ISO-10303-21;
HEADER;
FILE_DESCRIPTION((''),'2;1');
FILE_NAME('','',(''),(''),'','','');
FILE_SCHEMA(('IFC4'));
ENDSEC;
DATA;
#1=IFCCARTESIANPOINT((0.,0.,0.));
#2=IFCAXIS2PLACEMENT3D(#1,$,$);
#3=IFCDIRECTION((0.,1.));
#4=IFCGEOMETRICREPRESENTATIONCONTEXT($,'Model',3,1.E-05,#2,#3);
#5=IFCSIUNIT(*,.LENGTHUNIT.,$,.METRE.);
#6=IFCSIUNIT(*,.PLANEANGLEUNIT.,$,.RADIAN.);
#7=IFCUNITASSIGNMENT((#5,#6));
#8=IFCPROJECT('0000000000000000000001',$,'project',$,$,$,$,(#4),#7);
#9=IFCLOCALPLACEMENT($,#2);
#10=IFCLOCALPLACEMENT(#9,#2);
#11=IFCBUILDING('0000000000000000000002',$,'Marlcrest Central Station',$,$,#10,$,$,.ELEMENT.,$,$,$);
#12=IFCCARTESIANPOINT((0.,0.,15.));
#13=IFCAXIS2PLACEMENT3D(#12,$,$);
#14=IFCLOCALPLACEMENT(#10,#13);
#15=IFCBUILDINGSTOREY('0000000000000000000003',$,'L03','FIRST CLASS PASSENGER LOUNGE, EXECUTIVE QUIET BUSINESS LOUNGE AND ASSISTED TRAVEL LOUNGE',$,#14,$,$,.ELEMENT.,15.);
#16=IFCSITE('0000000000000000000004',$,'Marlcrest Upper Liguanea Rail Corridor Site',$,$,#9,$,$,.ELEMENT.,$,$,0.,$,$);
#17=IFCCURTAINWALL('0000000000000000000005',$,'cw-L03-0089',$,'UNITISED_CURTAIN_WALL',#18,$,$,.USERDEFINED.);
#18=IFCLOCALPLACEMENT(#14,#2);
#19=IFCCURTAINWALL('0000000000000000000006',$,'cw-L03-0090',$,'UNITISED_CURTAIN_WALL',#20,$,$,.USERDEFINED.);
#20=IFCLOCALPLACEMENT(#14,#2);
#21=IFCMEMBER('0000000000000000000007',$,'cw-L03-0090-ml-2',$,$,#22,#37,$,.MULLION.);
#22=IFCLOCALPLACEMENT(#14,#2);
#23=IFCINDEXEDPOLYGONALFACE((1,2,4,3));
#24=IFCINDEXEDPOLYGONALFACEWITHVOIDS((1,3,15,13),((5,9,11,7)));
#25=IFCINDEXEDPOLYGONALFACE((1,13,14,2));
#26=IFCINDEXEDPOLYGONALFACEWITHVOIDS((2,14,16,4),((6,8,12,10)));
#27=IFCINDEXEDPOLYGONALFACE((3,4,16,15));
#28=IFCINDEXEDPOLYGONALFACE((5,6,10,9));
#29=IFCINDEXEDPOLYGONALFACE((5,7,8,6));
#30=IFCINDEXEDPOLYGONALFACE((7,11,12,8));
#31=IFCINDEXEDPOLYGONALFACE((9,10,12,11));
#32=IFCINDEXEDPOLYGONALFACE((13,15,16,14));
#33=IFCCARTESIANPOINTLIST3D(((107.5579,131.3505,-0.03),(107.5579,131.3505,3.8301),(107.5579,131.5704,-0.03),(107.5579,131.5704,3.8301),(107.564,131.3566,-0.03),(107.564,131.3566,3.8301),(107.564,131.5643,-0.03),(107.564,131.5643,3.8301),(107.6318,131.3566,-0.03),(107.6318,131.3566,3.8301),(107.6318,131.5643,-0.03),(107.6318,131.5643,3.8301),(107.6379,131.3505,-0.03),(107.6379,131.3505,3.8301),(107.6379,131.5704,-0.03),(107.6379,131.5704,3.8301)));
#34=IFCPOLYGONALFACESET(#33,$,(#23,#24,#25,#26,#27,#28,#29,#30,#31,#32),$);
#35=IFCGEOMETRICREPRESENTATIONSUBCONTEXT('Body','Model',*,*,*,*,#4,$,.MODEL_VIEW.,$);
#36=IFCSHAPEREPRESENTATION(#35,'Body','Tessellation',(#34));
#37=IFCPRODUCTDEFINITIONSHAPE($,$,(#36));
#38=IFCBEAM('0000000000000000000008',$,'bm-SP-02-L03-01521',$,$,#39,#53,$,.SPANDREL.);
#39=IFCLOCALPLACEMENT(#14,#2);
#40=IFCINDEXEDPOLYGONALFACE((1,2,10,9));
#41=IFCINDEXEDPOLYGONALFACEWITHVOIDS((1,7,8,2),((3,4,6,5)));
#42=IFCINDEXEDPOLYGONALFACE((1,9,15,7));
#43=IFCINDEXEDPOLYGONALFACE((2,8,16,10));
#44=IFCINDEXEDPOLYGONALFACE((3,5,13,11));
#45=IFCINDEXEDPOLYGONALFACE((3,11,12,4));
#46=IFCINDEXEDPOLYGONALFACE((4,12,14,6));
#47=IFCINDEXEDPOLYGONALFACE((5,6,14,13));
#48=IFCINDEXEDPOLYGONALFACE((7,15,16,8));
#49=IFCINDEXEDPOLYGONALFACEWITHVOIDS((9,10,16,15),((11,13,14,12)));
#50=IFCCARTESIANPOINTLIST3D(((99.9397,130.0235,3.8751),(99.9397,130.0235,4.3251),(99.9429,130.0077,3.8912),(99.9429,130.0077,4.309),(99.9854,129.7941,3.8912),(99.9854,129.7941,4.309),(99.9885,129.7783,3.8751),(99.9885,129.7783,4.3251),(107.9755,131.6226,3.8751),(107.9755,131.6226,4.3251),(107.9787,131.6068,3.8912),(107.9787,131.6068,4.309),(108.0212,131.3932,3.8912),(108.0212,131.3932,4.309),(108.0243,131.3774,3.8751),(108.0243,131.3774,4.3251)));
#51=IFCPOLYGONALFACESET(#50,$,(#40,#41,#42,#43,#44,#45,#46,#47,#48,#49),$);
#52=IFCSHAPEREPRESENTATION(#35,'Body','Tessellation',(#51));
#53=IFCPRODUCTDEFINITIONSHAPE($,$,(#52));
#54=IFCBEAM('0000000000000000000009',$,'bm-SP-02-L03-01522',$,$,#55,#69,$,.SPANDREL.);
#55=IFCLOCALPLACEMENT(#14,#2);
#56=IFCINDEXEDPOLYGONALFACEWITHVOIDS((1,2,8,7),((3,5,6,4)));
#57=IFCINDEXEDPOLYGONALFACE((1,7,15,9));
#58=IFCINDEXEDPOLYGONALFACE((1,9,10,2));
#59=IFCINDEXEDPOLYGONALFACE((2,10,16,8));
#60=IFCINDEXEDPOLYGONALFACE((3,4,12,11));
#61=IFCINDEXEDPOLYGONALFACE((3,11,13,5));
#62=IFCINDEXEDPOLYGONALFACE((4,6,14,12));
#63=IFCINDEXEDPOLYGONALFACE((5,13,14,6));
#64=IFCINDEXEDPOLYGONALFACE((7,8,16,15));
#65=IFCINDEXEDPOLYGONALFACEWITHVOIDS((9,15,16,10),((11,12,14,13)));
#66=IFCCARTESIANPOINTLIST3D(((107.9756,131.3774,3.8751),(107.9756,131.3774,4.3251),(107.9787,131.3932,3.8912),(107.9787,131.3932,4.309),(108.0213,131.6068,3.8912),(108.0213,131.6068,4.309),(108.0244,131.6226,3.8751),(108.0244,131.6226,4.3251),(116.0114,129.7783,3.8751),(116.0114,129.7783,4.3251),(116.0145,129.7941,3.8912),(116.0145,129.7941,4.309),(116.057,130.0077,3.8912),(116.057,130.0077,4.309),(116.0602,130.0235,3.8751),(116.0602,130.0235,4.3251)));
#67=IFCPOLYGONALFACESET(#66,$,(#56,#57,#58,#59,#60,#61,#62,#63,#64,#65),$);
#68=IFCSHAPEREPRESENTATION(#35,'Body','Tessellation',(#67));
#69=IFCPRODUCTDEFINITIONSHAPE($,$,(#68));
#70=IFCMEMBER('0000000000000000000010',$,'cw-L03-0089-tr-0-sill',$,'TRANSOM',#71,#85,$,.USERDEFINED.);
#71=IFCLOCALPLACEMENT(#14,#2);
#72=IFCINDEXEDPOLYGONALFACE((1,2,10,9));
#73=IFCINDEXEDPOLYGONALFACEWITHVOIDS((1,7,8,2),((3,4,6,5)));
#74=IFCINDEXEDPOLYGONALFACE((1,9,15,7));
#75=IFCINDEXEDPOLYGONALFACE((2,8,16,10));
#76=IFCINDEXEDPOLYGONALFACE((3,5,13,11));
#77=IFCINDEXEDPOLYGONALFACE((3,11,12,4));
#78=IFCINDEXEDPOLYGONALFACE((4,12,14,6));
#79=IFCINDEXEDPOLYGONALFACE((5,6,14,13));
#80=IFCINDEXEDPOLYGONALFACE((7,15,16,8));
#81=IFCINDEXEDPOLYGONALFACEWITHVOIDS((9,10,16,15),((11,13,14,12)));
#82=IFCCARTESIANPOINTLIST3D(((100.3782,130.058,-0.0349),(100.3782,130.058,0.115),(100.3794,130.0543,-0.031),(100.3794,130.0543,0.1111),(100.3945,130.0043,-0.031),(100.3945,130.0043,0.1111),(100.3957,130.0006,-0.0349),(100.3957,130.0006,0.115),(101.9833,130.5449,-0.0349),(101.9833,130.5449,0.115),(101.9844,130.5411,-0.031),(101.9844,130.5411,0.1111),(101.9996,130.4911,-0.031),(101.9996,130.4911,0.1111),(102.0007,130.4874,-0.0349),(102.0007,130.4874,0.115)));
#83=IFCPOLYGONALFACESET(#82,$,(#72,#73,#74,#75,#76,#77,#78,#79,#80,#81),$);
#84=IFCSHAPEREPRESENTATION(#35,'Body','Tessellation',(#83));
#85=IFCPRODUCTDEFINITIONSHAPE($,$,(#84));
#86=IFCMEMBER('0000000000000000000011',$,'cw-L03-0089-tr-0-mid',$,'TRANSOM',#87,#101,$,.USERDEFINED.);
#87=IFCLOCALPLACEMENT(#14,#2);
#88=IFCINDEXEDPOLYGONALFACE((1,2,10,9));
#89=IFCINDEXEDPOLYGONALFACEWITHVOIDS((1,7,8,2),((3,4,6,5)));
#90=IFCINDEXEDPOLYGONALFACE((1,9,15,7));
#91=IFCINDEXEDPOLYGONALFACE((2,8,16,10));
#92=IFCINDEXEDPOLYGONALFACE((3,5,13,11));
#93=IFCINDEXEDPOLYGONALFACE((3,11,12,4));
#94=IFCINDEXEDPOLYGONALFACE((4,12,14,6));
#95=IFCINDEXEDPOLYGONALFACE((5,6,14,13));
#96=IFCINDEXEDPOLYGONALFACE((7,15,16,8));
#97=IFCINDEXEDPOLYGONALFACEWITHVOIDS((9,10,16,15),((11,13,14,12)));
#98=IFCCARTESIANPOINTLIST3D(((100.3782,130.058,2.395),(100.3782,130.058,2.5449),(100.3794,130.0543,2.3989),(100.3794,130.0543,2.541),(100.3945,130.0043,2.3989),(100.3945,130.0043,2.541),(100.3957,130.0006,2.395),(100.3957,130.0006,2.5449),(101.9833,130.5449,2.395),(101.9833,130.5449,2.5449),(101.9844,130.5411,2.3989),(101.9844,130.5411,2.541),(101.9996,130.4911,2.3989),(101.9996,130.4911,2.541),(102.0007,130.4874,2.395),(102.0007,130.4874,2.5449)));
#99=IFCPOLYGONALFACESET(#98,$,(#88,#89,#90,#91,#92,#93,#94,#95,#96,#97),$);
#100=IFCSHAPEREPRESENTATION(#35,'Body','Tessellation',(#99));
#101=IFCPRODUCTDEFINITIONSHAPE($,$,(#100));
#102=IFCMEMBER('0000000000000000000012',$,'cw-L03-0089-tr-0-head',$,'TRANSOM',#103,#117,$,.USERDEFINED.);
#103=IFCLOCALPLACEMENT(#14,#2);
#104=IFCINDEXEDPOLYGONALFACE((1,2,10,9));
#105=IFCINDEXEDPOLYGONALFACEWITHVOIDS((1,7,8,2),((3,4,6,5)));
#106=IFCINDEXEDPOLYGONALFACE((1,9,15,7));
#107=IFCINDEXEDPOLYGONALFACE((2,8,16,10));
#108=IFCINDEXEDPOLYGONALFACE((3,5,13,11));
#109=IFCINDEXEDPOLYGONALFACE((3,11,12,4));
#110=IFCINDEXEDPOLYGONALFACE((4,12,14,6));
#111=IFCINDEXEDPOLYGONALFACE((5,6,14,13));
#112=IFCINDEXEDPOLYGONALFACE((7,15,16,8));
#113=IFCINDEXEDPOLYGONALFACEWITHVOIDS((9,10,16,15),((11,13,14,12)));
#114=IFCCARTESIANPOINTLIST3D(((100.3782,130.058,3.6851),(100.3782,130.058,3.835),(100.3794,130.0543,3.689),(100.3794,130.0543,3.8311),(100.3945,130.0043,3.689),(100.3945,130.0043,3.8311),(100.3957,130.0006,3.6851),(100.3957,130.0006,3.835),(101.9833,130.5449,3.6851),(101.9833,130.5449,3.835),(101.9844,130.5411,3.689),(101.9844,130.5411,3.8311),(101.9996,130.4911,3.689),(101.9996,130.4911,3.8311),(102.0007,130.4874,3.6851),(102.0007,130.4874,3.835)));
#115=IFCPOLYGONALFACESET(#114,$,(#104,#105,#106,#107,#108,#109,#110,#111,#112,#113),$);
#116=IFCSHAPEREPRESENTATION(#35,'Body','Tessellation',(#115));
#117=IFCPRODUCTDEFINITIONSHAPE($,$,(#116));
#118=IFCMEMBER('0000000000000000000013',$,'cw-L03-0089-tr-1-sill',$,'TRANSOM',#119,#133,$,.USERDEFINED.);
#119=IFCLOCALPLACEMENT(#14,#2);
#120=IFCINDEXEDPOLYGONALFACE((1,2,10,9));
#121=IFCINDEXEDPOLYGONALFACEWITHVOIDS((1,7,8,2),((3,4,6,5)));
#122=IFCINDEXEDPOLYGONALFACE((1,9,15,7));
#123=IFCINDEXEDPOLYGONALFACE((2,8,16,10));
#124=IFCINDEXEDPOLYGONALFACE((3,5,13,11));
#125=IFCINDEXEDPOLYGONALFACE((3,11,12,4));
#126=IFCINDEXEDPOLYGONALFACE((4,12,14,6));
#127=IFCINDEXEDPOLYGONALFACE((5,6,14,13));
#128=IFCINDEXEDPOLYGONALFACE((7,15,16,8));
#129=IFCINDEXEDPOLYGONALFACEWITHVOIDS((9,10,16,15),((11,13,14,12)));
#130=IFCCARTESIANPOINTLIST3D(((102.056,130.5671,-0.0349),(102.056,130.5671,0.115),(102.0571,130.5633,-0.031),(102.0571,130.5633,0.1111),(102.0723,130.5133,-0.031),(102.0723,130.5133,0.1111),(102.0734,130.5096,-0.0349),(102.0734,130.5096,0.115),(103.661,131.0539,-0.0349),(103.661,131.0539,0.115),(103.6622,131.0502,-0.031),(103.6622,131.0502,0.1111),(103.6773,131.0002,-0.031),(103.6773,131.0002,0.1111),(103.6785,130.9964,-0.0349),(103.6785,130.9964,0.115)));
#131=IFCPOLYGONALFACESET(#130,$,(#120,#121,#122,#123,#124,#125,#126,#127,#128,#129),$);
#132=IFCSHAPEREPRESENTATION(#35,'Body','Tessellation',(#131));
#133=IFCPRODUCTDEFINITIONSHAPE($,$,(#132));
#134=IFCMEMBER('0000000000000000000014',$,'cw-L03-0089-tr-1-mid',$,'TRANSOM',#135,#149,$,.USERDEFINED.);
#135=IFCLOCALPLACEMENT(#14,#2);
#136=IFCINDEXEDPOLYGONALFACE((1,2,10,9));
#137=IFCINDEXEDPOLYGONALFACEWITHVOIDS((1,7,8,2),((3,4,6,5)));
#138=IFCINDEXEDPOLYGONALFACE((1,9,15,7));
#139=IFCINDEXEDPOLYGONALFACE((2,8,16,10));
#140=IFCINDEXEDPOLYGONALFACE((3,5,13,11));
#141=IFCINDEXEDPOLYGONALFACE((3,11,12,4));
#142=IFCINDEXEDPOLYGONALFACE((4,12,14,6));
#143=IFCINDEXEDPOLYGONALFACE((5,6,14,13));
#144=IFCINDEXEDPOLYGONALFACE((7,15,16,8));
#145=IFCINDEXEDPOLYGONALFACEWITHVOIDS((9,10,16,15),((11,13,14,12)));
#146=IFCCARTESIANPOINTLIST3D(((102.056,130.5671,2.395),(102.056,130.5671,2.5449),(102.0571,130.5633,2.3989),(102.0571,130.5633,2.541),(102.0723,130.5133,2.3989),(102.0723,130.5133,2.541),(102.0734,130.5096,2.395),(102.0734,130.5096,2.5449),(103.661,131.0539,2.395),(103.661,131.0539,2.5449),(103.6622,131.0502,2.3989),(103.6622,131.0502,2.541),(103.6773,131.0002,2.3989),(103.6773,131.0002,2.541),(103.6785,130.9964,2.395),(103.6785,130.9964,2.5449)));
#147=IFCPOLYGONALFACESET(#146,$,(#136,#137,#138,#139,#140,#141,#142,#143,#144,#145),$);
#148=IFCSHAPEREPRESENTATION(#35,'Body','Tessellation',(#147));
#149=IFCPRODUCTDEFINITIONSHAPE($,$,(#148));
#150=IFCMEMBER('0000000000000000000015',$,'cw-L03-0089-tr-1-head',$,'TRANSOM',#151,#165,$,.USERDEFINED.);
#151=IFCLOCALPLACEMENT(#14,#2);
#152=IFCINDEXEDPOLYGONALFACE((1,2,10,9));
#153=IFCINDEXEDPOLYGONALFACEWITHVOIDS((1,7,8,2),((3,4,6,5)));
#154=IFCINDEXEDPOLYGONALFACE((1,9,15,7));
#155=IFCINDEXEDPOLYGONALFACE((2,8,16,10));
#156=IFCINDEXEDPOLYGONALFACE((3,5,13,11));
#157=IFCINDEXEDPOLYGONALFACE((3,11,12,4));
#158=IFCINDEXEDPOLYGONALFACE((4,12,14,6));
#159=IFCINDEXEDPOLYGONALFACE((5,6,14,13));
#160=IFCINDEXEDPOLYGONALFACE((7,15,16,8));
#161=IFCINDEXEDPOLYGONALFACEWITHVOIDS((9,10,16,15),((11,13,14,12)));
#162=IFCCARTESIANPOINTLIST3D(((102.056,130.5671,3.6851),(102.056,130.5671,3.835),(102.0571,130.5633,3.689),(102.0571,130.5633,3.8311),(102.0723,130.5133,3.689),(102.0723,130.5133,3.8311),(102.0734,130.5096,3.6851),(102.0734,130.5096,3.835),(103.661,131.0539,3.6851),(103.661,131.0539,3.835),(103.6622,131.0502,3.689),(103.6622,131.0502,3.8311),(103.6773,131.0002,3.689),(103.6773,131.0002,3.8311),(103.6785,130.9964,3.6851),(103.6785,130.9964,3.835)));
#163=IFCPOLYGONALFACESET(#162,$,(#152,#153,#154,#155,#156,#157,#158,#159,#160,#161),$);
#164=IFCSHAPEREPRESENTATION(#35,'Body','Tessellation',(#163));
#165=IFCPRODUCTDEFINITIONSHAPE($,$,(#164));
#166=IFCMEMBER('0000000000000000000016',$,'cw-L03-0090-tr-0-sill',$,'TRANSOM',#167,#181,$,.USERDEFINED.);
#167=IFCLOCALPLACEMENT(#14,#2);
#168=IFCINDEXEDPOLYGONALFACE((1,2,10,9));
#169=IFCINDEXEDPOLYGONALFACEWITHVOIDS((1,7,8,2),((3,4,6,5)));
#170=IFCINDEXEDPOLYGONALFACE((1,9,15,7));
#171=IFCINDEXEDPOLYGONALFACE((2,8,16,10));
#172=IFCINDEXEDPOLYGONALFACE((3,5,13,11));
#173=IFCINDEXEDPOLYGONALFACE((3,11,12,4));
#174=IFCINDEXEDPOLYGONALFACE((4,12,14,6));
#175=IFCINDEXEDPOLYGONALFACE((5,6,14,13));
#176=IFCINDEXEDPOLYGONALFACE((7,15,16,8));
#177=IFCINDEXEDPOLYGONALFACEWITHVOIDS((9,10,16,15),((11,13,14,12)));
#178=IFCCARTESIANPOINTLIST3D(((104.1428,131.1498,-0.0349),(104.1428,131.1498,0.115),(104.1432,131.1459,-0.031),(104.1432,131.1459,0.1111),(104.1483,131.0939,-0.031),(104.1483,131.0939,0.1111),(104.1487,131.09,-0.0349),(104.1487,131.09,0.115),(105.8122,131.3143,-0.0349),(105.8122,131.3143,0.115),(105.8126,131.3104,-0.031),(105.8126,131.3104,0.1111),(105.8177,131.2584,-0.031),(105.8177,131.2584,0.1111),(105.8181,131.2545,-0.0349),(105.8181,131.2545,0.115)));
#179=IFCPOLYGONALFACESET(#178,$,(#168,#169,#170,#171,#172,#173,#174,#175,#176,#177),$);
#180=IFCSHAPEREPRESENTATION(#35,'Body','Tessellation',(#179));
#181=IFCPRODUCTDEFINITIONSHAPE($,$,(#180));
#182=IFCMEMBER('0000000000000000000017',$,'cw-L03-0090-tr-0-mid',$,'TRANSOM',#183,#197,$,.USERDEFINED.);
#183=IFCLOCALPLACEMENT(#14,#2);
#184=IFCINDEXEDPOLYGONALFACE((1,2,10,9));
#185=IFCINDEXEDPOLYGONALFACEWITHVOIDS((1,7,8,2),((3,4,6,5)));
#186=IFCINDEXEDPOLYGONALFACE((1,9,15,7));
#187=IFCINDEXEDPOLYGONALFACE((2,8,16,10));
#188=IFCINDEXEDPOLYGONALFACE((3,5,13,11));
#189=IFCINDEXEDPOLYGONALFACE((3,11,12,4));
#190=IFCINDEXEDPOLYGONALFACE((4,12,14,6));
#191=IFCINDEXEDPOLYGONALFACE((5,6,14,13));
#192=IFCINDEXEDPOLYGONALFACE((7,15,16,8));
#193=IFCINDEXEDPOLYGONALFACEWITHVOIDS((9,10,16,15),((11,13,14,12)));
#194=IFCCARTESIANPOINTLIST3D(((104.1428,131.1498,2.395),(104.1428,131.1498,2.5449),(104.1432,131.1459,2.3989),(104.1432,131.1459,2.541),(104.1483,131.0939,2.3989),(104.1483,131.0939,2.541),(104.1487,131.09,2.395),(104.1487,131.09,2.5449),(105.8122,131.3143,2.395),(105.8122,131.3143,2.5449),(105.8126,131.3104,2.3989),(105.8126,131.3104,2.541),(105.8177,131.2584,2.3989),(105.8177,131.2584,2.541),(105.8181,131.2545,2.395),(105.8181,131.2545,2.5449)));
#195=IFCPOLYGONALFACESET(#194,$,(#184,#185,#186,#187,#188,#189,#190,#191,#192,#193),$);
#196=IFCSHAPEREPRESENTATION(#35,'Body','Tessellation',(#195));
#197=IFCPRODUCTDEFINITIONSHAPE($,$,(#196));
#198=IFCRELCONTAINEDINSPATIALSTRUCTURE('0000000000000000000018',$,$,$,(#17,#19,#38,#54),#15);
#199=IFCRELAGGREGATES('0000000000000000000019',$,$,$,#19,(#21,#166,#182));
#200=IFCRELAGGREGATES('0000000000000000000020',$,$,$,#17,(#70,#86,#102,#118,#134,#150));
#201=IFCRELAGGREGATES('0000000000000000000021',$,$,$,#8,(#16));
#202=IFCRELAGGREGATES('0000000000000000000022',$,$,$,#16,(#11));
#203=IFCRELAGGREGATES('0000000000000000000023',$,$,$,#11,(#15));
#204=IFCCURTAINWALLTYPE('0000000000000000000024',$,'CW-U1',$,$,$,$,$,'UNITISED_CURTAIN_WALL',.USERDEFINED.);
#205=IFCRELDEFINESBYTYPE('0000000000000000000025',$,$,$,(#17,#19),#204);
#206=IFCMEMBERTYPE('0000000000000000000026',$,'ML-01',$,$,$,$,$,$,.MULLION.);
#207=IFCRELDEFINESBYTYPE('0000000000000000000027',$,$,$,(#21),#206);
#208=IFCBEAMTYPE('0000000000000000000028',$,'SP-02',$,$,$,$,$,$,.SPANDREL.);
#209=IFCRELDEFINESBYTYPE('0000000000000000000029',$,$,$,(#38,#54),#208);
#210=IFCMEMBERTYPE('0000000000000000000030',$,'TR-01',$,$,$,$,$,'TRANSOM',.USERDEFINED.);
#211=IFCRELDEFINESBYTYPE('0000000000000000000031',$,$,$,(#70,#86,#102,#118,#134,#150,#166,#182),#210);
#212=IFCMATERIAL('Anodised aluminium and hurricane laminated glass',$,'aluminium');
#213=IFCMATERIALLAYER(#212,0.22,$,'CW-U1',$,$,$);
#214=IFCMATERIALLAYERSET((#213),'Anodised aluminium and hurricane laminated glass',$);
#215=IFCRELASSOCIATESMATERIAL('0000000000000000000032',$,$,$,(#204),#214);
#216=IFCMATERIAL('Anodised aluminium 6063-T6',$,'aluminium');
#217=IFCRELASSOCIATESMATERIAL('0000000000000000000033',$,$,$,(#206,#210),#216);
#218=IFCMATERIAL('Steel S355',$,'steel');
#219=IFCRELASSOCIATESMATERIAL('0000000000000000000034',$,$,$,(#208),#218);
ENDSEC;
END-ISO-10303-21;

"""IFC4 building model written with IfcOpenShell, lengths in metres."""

from ifc_helpers import new_model, si_unit, direction, frame, origin, origin_2d, place, context, subcontext, project, spatial, hollow_rectangle, extrude, material, layer, layer_set, material_profile, profile_set, type_object, element, aggregate, save


model = new_model("IFC4")

# Units and contexts
model_context = context("Model", 3, precision=1e-05, world=origin(), true_north=direction((0.0, 1.0)))
body_context = subcontext(model_context, "Body", "Model", "MODEL_VIEW")
ifc_project = project(units=[si_unit("LENGTHUNIT", "METRE"), si_unit("PLANEANGLEUNIT", "RADIAN")], contexts=[model_context])

# Site, building, storey
site_placement = place(None, origin())
site = spatial("IfcSite", under=ifc_project, at=site_placement, Name="Marlcrest Upper Liguanea Rail Corridor Site", CompositionType="ELEMENT", RefElevation=0.0)
building_placement = place(site_placement, origin())
building = spatial("IfcBuilding", under=site, at=building_placement, Name="Marlcrest Central Station", CompositionType="ELEMENT")
storey_placement = place(building_placement, frame((0.0, 0.0, 15.0)))
storey = spatial("IfcBuildingStorey", under=building, at=storey_placement, Name="L03", Description="FIRST CLASS PASSENGER LOUNGE, EXECUTIVE QUIET BUSINESS LOUNGE AND ASSISTED TRAVEL LOUNGE", CompositionType="ELEMENT", Elevation=15.0)

# Shared definitions
ifc_material_1 = material(Name="Steel S355", Category="steel")

# Curtain walls, member
ifc_material_2 = material(Name="Anodised aluminium and hurricane laminated glass", Category="aluminium")
ifc_layer_1 = layer(ifc_material_2, 0.22, Name="CW-U1")
ifc_layer_set_1 = layer_set([ifc_layer_1], Name="Anodised aluminium and hurricane laminated glass")
curtain_wall_type = type_object("IfcCurtainWallType", Name="CW-U1", ElementType="UNITISED_CURTAIN_WALL", PredefinedType="USERDEFINED", material=ifc_layer_set_1)
curtain_wall_1_placement = place(storey_placement, origin())
curtain_wall_1 = element("IfcCurtainWall", 1, at=curtain_wall_1_placement, inside=storey, type_object=curtain_wall_type, Name="cw-L03-0089", ObjectType="UNITISED_CURTAIN_WALL", PredefinedType="USERDEFINED")
ifc_material_3 = material(Name="Anodised aluminium 6063-T6", Category="aluminium")
ifc_material_profile_1 = material_profile(ifc_material_3, hollow_rectangle(XDim=0.0801, YDim=0.22, WallThickness=0.0061, at=origin_2d()), Name="AA-RHS 220x80x6")
ifc_profile_set_1 = profile_set([ifc_material_profile_1], Name="Anodised aluminium 6063-T6")
member_type_1 = type_object("IfcMemberType", Name="ML-01", PredefinedType="MULLION", material=ifc_profile_set_1)
curtain_wall_2_placement = place(storey_placement, origin())
curtain_wall_2 = element("IfcCurtainWall", 2, at=curtain_wall_2_placement, inside=storey, type_object=curtain_wall_type, Name="cw-L03-0090", ObjectType="UNITISED_CURTAIN_WALL", PredefinedType="USERDEFINED")
member_1_placement = place(storey_placement, frame((107.5979, 131.4604, -0.03), z_axis=(0.0, 0.0, 1.0), x_axis=(1.0, 0.0, 0.0)))
member_1 = element("IfcMember", 3, at=member_1_placement, type_object=member_type_1, Name="cw-L03-0090-ml-2", PredefinedType="MULLION", context=body_context, shape_type="SweptSolid", body=[
    extrude(hollow_rectangle(XDim=0.0801, YDim=0.22, WallThickness=0.0061, at=origin_2d()), origin(), (0.0, 0.0, 1.0), 3.8601),
])

# Beams
ifc_material_profile_2 = material_profile(ifc_material_1, hollow_rectangle(XDim=0.25, YDim=0.45, WallThickness=0.0161, at=origin_2d()), Name="RHS 450x250x16")
ifc_profile_set_2 = profile_set([ifc_material_profile_2], Name="Steel S355")
beam_type = type_object("IfcBeamType", Name="SP-02", PredefinedType="SPANDREL", material=ifc_profile_set_2)
for number, where, z_axis, x_axis, name in (
    (4, (99.9641, 129.9009, 4.1001), (0.980769, 0.195171, 0.0), (-0.195171, 0.980769, 0.0), "bm-SP-02-L03-01521"),
    (5, (108.0, 131.5, 4.1001), (0.980769, -0.195171, 0.0), (0.195171, 0.980769, 0.0), "bm-SP-02-L03-01522"),
):
    element("IfcBeam", number, at=place(storey_placement, frame(where, z_axis=z_axis, x_axis=x_axis)), inside=storey, type_object=beam_type, Name=name, PredefinedType="SPANDREL", context=body_context, shape_type="SweptSolid", body=[
        extrude(hollow_rectangle(XDim=0.25, YDim=0.45, WallThickness=0.0161, at=origin_2d()), origin(), (0.0, 0.0, 1.0), 8.1934),
    ])

# Members
ifc_material_profile_3 = material_profile(ifc_material_3, hollow_rectangle(XDim=0.0601, YDim=0.1499, WallThickness=0.0039, at=origin_2d()), Name="AA-RHS 150x60x4")
ifc_profile_set_3 = profile_set([ifc_material_profile_3], Name="Anodised aluminium 6063-T6")
member_type_2 = type_object("IfcMemberType", Name="TR-01", ElementType="TRANSOM", PredefinedType="USERDEFINED", material=ifc_profile_set_3)
member_2_placement = place(storey_placement, frame((100.387, 130.0293, 0.04), z_axis=(0.956948, 0.290258, 0.0), x_axis=(-0.290258, 0.956948, 0.0)))
member_2 = element("IfcMember", 6, at=member_2_placement, type_object=member_type_2, Name="cw-L03-0089-tr-0-sill", ObjectType="TRANSOM", PredefinedType="USERDEFINED", context=body_context, shape_type="SweptSolid", body=[
    extrude(hollow_rectangle(XDim=0.0601, YDim=0.1499, WallThickness=0.0039, at=origin_2d()), origin(), (0.0, 0.0, 1.0), 1.6772),
])
member_3_placement = place(storey_placement, frame((100.387, 130.0293, 2.47), z_axis=(0.956948, 0.290258, 0.0), x_axis=(-0.290258, 0.956948, 0.0)))
member_3 = element("IfcMember", 7, at=member_3_placement, type_object=member_type_2, Name="cw-L03-0089-tr-0-mid", ObjectType="TRANSOM", PredefinedType="USERDEFINED", context=body_context, shape_type="SweptSolid", body=[
    extrude(hollow_rectangle(XDim=0.0601, YDim=0.1499, WallThickness=0.0039, at=origin_2d()), origin(), (0.0, 0.0, 1.0), 1.6772),
])
member_4_placement = place(storey_placement, frame((100.387, 130.0293, 3.76), z_axis=(0.956948, 0.290258, 0.0), x_axis=(-0.290258, 0.956948, 0.0)))
member_4 = element("IfcMember", 8, at=member_4_placement, type_object=member_type_2, Name="cw-L03-0089-tr-0-head", ObjectType="TRANSOM", PredefinedType="USERDEFINED", context=body_context, shape_type="SweptSolid", body=[
    extrude(hollow_rectangle(XDim=0.0601, YDim=0.1499, WallThickness=0.0039, at=origin_2d()), origin(), (0.0, 0.0, 1.0), 1.6772),
])
member_5_placement = place(storey_placement, frame((102.0647, 130.5383, 0.04), z_axis=(0.956948, 0.290258, 0.0), x_axis=(-0.290258, 0.956948, 0.0)))
member_5 = element("IfcMember", 9, at=member_5_placement, type_object=member_type_2, Name="cw-L03-0089-tr-1-sill", ObjectType="TRANSOM", PredefinedType="USERDEFINED", context=body_context, shape_type="SweptSolid", body=[
    extrude(hollow_rectangle(XDim=0.0601, YDim=0.1499, WallThickness=0.0039, at=origin_2d()), origin(), (0.0, 0.0, 1.0), 1.6772),
])
member_6_placement = place(storey_placement, frame((102.0647, 130.5383, 2.47), z_axis=(0.956948, 0.290258, 0.0), x_axis=(-0.290258, 0.956948, 0.0)))
member_6 = element("IfcMember", 10, at=member_6_placement, type_object=member_type_2, Name="cw-L03-0089-tr-1-mid", ObjectType="TRANSOM", PredefinedType="USERDEFINED", context=body_context, shape_type="SweptSolid", body=[
    extrude(hollow_rectangle(XDim=0.0601, YDim=0.1499, WallThickness=0.0039, at=origin_2d()), origin(), (0.0, 0.0, 1.0), 1.6772),
])
member_7_placement = place(storey_placement, frame((102.0647, 130.5383, 3.76), z_axis=(0.956948, 0.290258, 0.0), x_axis=(-0.290258, 0.956948, 0.0)))
member_7 = element("IfcMember", 11, at=member_7_placement, type_object=member_type_2, Name="cw-L03-0089-tr-1-head", ObjectType="TRANSOM", PredefinedType="USERDEFINED", context=body_context, shape_type="SweptSolid", body=[
    extrude(hollow_rectangle(XDim=0.0601, YDim=0.1499, WallThickness=0.0039, at=origin_2d()), origin(), (0.0, 0.0, 1.0), 1.6772),
])
member_8_placement = place(storey_placement, frame((104.1458, 131.1199, 0.04), z_axis=(0.995177, 0.098091, 0.0), x_axis=(-0.098091, 0.995177, 0.0)))
member_8 = element("IfcMember", 12, at=member_8_placement, type_object=member_type_2, Name="cw-L03-0090-tr-0-sill", ObjectType="TRANSOM", PredefinedType="USERDEFINED", context=body_context, shape_type="SweptSolid", body=[
    extrude(hollow_rectangle(XDim=0.0601, YDim=0.1499, WallThickness=0.0039, at=origin_2d()), origin(), (0.0, 0.0, 1.0), 1.6775),
])
member_9_placement = place(storey_placement, frame((104.1458, 131.1199, 2.47), z_axis=(0.995177, 0.098091, 0.0), x_axis=(-0.098091, 0.995177, 0.0)))
member_9 = element("IfcMember", 13, at=member_9_placement, type_object=member_type_2, Name="cw-L03-0090-tr-0-mid", ObjectType="TRANSOM", PredefinedType="USERDEFINED", context=body_context, shape_type="SweptSolid", body=[
    extrude(hollow_rectangle(XDim=0.0601, YDim=0.1499, WallThickness=0.0039, at=origin_2d()), origin(), (0.0, 0.0, 1.0), 1.6775),
])

aggregate(curtain_wall_2, [member_1, member_8, member_9])
aggregate(curtain_wall_1, [member_2, member_3, member_4, member_5, member_6, member_7])

save(model, "model.ifc")
